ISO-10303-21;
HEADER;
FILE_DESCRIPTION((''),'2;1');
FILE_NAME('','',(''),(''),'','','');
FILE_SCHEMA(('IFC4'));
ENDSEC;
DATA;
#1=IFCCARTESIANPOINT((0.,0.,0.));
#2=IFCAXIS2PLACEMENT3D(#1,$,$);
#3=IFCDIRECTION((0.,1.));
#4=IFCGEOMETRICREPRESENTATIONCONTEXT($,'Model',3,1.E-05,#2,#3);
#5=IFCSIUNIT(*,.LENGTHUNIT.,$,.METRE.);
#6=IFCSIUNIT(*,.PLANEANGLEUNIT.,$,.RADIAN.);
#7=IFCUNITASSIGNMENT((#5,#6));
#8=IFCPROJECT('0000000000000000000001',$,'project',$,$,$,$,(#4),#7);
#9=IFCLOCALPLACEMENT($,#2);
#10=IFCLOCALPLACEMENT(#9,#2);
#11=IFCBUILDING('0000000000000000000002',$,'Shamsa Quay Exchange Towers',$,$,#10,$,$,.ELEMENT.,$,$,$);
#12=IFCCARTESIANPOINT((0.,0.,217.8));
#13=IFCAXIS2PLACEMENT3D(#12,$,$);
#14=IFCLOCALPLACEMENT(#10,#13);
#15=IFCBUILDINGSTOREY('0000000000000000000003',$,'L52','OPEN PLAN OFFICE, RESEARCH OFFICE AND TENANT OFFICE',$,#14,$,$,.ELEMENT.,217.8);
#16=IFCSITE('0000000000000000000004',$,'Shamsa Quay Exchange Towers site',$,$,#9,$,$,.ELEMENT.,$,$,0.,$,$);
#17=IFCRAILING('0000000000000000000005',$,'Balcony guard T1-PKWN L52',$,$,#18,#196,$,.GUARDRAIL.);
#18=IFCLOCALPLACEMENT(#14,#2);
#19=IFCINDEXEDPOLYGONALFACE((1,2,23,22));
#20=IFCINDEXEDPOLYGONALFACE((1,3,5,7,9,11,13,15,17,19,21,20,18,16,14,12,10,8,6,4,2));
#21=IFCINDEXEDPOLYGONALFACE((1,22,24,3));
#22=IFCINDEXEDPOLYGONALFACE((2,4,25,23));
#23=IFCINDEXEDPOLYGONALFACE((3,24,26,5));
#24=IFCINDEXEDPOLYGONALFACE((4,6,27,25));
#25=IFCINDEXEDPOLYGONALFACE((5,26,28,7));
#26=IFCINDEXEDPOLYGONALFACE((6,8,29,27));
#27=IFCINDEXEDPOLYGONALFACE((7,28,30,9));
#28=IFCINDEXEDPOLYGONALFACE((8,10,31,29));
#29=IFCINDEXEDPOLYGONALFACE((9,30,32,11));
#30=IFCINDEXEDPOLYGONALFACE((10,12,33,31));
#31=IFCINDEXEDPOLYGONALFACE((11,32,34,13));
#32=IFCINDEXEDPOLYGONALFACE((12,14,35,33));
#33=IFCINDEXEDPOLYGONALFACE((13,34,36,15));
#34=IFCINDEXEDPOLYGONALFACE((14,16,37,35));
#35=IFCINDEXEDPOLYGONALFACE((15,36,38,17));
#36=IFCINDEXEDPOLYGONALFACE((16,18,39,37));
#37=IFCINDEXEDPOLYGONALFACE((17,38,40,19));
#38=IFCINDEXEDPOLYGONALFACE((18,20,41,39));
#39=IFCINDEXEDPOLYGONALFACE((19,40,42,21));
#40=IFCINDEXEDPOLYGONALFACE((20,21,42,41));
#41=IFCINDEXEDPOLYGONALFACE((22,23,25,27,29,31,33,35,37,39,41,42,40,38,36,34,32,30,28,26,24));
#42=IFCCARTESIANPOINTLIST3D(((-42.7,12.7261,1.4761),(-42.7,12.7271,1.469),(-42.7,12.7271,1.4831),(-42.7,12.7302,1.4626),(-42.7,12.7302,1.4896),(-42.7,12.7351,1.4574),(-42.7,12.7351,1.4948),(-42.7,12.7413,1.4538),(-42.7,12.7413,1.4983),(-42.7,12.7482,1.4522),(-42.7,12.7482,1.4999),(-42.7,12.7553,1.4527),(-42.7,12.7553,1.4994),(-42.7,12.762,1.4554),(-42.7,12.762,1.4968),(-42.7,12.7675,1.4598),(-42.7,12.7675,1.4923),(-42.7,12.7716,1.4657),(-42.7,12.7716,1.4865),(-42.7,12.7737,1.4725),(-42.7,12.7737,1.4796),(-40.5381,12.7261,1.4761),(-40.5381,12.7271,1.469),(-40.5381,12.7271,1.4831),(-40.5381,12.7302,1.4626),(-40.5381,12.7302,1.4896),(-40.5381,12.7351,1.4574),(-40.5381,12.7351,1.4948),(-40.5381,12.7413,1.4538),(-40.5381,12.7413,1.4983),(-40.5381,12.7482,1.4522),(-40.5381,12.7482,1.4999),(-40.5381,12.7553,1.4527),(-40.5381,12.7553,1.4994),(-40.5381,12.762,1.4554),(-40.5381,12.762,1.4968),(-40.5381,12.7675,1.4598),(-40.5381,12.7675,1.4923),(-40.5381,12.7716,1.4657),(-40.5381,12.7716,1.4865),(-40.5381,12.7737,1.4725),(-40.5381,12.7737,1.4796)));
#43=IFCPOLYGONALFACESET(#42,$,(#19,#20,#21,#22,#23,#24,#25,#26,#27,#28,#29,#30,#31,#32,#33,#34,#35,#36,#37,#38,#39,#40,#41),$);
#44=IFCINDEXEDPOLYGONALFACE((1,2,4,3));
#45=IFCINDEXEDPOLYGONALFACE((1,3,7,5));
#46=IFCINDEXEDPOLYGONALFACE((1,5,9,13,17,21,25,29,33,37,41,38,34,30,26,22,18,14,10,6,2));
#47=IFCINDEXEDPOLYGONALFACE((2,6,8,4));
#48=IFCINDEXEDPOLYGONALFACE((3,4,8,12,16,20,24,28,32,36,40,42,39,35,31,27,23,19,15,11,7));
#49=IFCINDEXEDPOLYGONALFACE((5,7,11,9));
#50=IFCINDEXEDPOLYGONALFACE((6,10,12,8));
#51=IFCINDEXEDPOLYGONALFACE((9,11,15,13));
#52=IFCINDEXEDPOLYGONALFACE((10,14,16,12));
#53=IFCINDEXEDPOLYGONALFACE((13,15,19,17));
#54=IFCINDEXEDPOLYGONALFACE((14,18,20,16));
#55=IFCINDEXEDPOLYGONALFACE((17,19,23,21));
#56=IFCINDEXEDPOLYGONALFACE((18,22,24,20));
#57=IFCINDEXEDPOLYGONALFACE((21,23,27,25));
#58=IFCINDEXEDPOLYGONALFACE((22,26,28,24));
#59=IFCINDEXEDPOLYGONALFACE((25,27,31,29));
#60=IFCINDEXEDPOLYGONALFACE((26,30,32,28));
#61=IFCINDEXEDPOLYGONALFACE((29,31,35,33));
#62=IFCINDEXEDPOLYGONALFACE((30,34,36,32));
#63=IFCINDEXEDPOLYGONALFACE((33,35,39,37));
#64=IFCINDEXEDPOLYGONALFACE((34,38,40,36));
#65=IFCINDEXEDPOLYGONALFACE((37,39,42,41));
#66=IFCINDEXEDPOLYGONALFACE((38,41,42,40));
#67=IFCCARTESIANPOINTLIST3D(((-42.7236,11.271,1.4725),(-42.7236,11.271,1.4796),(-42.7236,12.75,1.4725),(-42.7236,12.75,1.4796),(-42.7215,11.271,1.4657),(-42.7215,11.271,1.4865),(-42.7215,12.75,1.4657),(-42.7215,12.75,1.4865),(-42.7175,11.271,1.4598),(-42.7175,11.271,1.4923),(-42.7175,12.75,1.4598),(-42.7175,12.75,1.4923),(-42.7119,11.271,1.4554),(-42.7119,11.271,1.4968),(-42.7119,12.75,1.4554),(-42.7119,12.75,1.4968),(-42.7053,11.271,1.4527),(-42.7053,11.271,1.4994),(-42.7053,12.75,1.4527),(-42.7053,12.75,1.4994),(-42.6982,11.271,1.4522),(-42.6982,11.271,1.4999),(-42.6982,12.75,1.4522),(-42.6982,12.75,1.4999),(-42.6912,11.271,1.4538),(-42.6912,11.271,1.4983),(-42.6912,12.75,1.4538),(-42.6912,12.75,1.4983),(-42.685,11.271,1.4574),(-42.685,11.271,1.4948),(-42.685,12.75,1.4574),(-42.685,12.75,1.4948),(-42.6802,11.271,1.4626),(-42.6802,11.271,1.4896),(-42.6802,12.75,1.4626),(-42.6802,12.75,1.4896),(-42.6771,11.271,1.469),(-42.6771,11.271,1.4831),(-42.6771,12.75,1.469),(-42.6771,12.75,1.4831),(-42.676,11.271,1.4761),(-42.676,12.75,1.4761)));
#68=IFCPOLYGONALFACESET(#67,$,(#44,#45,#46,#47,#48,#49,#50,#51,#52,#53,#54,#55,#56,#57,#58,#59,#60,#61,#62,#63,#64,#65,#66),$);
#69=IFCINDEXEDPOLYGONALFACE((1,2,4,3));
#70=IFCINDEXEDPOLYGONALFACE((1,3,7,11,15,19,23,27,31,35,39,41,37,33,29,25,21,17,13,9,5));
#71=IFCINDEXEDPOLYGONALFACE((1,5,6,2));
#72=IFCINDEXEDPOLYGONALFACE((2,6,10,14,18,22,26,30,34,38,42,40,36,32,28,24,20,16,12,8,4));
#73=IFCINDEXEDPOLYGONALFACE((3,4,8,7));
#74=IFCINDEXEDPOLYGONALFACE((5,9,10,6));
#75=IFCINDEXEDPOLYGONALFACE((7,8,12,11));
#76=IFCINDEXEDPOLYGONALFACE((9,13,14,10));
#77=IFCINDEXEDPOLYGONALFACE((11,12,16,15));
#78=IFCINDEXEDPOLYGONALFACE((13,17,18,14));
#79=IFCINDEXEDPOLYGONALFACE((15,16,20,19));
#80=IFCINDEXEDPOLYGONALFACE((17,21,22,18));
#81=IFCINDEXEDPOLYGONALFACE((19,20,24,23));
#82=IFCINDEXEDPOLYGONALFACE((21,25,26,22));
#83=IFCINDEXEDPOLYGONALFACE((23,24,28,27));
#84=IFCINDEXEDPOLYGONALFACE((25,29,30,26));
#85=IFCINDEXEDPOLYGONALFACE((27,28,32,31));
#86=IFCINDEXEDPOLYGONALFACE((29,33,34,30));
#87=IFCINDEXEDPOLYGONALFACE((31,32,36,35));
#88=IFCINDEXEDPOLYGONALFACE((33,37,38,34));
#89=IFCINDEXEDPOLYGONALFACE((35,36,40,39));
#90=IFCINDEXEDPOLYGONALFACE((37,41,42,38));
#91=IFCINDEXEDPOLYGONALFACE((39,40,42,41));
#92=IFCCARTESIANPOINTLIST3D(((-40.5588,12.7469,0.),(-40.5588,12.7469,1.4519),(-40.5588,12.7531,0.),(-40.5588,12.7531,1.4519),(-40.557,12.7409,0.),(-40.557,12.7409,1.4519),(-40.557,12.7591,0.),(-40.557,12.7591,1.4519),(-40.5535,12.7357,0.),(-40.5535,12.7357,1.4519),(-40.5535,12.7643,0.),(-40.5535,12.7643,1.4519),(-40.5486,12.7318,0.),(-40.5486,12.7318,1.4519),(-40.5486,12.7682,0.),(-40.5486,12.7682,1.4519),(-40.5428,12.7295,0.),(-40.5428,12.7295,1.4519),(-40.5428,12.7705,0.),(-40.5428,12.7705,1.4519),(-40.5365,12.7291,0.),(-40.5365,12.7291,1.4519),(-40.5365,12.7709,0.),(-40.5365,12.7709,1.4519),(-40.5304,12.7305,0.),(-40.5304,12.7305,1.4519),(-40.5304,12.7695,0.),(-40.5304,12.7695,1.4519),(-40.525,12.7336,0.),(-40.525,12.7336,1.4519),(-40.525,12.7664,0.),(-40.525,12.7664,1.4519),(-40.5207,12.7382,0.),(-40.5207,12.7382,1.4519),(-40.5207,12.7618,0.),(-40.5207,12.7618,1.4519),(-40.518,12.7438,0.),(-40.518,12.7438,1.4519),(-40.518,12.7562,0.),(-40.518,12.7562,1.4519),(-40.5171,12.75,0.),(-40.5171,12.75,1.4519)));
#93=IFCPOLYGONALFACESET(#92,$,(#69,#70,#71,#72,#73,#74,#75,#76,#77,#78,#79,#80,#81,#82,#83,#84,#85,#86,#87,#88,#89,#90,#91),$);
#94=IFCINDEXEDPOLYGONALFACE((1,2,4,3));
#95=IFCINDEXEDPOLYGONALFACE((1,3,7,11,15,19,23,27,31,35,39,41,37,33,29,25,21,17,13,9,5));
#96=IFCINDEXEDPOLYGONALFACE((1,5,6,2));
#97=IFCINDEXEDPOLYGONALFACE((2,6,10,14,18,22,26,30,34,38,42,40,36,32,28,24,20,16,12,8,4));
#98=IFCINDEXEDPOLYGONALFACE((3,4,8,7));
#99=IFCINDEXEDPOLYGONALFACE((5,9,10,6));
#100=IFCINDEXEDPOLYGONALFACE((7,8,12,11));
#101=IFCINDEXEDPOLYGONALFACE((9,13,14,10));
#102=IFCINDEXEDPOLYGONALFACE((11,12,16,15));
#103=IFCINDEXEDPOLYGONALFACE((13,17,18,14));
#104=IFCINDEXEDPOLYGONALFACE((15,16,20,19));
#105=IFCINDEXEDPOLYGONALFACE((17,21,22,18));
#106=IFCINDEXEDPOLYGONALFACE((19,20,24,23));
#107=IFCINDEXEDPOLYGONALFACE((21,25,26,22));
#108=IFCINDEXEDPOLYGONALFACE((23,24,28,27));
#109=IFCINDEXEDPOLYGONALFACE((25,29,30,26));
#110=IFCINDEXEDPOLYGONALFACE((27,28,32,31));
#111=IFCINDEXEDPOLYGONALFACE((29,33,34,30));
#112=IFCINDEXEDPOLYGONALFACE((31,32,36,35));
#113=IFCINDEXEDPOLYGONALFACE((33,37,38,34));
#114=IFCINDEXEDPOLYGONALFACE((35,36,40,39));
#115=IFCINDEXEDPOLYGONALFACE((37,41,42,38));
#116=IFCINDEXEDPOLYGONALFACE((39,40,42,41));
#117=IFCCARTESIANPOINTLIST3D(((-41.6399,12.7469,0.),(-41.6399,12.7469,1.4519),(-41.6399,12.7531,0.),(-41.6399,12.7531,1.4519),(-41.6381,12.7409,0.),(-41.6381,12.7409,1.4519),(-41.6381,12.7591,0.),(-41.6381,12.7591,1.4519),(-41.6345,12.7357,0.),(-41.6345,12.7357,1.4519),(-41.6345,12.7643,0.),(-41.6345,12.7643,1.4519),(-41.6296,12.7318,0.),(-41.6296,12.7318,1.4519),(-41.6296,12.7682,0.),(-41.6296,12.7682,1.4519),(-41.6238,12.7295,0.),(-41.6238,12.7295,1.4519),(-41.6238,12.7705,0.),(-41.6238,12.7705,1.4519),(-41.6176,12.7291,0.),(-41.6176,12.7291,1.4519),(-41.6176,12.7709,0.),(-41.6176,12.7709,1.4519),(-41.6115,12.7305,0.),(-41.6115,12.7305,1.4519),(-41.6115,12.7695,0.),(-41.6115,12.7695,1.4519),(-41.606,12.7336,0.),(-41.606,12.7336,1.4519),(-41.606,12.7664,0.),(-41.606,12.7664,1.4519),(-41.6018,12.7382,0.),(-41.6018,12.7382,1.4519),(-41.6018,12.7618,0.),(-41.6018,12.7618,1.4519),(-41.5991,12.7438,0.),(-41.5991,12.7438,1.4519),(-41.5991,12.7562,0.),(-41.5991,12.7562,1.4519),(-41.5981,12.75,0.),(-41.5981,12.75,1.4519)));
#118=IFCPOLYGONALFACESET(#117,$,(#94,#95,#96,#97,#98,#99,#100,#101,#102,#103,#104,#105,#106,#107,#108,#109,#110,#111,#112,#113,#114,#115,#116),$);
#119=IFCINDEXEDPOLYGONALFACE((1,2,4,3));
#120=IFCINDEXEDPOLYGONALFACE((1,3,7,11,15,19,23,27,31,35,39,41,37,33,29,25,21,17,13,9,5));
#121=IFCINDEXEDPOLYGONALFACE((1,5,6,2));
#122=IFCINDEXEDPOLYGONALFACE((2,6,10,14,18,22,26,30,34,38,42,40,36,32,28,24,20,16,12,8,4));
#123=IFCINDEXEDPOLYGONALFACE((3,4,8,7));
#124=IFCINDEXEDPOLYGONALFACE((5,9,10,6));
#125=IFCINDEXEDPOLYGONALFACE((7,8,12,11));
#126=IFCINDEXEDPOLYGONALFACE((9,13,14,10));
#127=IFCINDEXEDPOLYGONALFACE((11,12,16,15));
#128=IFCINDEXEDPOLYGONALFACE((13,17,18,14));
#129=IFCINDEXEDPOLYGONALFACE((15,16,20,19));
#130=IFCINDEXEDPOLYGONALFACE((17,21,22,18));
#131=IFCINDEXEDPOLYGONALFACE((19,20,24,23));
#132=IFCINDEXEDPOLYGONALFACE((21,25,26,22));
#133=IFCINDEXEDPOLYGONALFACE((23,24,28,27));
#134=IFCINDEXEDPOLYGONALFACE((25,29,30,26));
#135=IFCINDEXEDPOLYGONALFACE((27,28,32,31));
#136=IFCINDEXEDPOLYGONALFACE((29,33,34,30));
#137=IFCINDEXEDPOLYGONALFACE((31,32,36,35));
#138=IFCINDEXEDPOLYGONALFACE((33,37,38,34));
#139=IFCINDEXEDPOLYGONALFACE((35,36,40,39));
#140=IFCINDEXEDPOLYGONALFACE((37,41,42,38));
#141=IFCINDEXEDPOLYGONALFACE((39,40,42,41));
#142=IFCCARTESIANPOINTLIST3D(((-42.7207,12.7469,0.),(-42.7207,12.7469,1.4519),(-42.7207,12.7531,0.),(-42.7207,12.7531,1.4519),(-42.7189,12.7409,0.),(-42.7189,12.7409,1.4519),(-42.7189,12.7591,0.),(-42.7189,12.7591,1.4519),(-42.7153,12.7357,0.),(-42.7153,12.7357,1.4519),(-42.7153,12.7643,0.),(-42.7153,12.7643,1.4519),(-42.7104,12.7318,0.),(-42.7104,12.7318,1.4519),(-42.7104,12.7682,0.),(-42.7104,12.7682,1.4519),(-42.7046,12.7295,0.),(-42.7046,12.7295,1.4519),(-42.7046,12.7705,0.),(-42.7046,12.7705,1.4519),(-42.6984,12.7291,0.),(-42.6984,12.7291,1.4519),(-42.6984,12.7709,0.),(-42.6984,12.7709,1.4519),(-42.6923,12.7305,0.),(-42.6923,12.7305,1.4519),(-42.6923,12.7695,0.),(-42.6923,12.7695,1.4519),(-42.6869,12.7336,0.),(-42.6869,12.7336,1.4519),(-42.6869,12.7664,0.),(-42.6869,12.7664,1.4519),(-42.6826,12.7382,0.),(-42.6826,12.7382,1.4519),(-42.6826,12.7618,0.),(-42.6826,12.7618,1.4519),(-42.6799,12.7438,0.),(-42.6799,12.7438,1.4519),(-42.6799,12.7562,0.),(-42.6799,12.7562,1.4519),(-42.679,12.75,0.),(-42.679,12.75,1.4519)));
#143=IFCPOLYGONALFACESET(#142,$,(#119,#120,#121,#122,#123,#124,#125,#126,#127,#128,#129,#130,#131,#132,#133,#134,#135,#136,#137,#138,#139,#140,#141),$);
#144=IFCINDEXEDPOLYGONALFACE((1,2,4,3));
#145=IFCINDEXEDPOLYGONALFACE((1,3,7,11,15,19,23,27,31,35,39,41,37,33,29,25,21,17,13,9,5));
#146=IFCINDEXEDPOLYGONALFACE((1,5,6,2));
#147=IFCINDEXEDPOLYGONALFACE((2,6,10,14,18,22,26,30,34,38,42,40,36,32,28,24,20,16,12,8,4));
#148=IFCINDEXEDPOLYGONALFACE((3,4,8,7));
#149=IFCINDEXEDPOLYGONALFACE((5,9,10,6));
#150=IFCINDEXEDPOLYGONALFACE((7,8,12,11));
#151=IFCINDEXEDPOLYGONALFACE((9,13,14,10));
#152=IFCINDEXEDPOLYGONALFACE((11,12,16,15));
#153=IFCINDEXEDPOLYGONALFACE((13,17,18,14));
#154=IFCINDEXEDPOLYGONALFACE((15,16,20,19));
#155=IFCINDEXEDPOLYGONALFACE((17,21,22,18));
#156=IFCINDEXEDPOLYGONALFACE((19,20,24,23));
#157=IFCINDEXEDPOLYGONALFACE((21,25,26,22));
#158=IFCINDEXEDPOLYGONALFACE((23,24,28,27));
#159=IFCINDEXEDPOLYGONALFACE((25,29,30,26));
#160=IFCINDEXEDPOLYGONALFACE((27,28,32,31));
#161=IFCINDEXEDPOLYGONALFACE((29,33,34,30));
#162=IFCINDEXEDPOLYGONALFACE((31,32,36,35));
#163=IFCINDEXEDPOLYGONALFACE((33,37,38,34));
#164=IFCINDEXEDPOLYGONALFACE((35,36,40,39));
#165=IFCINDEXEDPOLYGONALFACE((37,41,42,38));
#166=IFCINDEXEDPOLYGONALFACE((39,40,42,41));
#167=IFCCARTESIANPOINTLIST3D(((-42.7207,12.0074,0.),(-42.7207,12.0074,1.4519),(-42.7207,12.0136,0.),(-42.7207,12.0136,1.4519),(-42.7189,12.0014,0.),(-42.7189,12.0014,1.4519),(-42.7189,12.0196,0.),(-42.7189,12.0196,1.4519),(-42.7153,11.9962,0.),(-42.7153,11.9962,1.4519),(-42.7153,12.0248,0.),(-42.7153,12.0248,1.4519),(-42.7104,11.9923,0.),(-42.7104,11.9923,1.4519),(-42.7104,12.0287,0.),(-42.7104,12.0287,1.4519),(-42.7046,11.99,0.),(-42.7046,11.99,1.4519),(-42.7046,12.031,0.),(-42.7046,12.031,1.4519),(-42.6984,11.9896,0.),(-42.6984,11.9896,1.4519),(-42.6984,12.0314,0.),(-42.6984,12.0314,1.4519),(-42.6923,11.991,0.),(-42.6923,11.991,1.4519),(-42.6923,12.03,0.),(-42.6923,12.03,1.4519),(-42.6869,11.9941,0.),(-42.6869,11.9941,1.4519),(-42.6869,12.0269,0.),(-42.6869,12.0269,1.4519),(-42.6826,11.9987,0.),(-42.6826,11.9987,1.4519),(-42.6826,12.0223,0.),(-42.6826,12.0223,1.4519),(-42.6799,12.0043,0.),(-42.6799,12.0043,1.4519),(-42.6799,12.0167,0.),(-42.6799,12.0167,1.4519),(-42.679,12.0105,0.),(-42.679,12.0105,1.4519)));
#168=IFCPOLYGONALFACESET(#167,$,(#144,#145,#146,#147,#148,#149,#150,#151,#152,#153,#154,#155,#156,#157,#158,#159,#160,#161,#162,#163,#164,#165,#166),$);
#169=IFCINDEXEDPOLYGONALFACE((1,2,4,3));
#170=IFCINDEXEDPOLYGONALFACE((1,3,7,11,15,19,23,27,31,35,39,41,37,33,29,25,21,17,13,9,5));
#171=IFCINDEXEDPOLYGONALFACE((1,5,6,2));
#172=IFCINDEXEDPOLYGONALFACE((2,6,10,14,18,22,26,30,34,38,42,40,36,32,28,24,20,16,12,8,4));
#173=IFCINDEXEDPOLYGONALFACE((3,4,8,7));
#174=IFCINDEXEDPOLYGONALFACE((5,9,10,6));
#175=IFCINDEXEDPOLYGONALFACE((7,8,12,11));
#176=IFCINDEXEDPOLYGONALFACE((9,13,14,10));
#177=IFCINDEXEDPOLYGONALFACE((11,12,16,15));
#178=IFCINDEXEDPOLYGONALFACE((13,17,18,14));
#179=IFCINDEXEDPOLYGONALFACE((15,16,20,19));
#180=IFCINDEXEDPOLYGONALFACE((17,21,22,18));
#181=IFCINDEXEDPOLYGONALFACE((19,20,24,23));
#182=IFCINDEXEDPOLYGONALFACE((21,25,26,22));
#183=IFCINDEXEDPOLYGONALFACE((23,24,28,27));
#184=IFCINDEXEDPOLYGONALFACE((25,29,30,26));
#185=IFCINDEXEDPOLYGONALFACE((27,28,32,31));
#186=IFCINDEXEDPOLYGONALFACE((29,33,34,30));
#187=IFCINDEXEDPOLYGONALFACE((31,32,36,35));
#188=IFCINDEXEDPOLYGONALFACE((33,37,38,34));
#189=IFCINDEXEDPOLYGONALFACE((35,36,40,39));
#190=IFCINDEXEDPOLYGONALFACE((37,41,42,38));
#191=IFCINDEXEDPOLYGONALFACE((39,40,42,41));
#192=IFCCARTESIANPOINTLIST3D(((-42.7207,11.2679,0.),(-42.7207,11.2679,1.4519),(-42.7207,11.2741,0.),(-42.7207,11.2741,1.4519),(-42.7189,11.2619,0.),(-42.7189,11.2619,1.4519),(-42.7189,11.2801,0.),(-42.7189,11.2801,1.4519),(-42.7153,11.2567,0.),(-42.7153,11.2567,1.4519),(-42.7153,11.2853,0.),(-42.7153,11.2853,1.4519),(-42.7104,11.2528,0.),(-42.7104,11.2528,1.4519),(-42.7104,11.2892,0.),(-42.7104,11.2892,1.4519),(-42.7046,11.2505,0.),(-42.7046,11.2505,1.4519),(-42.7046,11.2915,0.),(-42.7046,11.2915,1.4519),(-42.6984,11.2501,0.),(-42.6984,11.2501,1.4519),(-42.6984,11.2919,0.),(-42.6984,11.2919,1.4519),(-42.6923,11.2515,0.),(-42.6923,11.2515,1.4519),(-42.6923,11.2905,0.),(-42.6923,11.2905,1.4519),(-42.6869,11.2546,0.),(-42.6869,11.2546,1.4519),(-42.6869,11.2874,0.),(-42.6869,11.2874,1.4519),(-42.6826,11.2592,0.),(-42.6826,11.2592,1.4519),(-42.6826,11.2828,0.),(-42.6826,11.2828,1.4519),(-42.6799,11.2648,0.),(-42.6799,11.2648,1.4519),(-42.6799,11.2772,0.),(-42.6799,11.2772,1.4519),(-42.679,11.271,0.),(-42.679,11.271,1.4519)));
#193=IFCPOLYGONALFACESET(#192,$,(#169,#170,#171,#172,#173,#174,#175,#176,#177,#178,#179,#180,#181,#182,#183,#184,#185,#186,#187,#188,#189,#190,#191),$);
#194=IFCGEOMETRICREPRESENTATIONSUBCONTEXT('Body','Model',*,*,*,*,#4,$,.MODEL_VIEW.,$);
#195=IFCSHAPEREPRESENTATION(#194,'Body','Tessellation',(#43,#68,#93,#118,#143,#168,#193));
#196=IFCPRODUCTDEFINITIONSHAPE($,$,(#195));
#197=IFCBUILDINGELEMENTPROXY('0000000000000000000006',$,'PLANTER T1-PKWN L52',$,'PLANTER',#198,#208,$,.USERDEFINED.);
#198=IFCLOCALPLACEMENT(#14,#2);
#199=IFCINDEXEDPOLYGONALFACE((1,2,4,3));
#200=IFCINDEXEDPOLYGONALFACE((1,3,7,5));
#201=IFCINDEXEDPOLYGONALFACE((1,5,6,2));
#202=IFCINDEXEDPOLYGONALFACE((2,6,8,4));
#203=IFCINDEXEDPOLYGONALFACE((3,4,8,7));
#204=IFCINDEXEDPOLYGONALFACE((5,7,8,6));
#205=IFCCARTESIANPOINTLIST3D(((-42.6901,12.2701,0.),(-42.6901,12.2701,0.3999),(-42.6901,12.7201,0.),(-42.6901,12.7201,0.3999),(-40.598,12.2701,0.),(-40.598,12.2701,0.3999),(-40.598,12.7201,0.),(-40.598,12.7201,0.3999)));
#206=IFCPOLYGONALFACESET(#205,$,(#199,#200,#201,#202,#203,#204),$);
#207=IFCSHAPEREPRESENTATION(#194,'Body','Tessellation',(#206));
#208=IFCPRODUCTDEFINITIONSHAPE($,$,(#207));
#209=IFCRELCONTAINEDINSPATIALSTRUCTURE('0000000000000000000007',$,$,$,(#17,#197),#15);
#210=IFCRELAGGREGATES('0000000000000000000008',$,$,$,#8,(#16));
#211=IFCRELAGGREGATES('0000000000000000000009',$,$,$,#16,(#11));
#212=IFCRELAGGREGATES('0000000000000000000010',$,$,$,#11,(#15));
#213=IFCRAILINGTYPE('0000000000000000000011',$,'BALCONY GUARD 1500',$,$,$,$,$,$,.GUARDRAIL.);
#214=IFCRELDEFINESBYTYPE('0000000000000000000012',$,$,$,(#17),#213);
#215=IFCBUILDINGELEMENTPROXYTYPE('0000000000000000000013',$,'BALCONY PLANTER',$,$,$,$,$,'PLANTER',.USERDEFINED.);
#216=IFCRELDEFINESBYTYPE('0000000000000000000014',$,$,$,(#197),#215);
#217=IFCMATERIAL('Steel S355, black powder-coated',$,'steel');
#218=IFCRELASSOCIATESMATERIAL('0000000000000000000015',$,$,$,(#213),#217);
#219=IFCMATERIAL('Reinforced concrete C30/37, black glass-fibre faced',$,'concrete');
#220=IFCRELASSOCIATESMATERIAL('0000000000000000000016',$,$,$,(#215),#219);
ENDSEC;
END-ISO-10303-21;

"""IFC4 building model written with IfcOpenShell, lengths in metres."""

from ifc_helpers import new_model, si_unit, direction, frame, origin, origin_2d, place, context, subcontext, project, spatial, rectangle, circle, extrude, material, type_object, element, save


model = new_model("IFC4")

# Units and contexts
model_context = context("Model", 3, precision=1e-05, world=origin(), true_north=direction((0.0, 1.0)))
body_context = subcontext(model_context, "Body", "Model", "MODEL_VIEW")
ifc_project = project(units=[si_unit("LENGTHUNIT", "METRE"), si_unit("PLANEANGLEUNIT", "RADIAN")], contexts=[model_context])

# Site, building, storey
site_placement = place(None, origin())
site = spatial("IfcSite", under=ifc_project, at=site_placement, Name="Shamsa Quay Exchange Towers site", CompositionType="ELEMENT", RefElevation=0.0)
building_placement = place(site_placement, origin())
building = spatial("IfcBuilding", under=site, at=building_placement, Name="Shamsa Quay Exchange Towers", CompositionType="ELEMENT")
storey_placement = place(building_placement, frame((0.0, 0.0, 217.8)))
storey = spatial("IfcBuildingStorey", under=building, at=storey_placement, Name="L52", Description="OPEN PLAN OFFICE, RESEARCH OFFICE AND TENANT OFFICE", CompositionType="ELEMENT", Elevation=217.8)

# Railing
ifc_material_1 = material(Name="Steel S355, black powder-coated", Category="steel")
railing_type_1 = type_object("IfcRailingType", Name="BALCONY GUARD 1500", PredefinedType="GUARDRAIL", material=ifc_material_1)
railing_1_placement = place(storey_placement, frame((-40.5381, 12.75, 0.0)))
element("IfcRailing", 1, at=railing_1_placement, inside=storey, type_object=railing_type_1, Name="Balcony guard T1-PKWN L52", PredefinedType="GUARDRAIL", context=body_context, shape_type="SweptSolid", body=[
    extrude(circle(Radius=0.0239, at=origin_2d()), frame((0.0, 0.0, 1.4761), z_axis=(-1.0, 0.0, 0.0), x_axis=(0.0, -1.0, 0.0)), (0.0, 0.0, 1.0), 2.1619),
    extrude(circle(Radius=0.0239, at=origin_2d()), frame((-2.1619, 0.0, 1.4761), z_axis=(0.0, -1.0, 0.0), x_axis=(1.0, 0.0, 0.0)), (0.0, 0.0, 1.0), 1.479),
    extrude(circle(Radius=0.021, at=origin_2d()), origin(), (0.0, 0.0, 1.0), 1.4519),
    extrude(circle(Radius=0.021, at=origin_2d()), frame((-1.0811, 0.0, 0.0)), (0.0, 0.0, 1.0), 1.4519),
    extrude(circle(Radius=0.021, at=origin_2d()), frame((-2.1619, 0.0, 0.0)), (0.0, 0.0, 1.0), 1.4519),
    extrude(circle(Radius=0.021, at=origin_2d()), frame((-2.1619, -0.7395, 0.0)), (0.0, 0.0, 1.0), 1.4519),
    extrude(circle(Radius=0.021, at=origin_2d()), frame((-2.1619, -1.479, 0.0)), (0.0, 0.0, 1.0), 1.4519),
])

# Building element proxy
ifc_material_2 = material(Name="Reinforced concrete C30/37, black glass-fibre faced", Category="concrete")
building_element_proxy_type = type_object("IfcBuildingElementProxyType", Name="BALCONY PLANTER", ElementType="PLANTER", PredefinedType="USERDEFINED", material=ifc_material_2)
proxy_placement = place(storey_placement, frame((-41.644, 12.4951, 0.0), z_axis=(0.0, 0.0, 1.0), x_axis=(-1.0, 0.0, 0.0)))
element("IfcBuildingElementProxy", 2, at=proxy_placement, inside=storey, type_object=building_element_proxy_type, Name="PLANTER T1-PKWN L52", ObjectType="PLANTER", PredefinedType="USERDEFINED", context=body_context, shape_type="SweptSolid", body=[
    extrude(rectangle(XDim=2.092, YDim=0.45, at=origin_2d()), origin(), (0.0, 0.0, 1.0), 0.3999),
])

save(model, "model.ifc")
